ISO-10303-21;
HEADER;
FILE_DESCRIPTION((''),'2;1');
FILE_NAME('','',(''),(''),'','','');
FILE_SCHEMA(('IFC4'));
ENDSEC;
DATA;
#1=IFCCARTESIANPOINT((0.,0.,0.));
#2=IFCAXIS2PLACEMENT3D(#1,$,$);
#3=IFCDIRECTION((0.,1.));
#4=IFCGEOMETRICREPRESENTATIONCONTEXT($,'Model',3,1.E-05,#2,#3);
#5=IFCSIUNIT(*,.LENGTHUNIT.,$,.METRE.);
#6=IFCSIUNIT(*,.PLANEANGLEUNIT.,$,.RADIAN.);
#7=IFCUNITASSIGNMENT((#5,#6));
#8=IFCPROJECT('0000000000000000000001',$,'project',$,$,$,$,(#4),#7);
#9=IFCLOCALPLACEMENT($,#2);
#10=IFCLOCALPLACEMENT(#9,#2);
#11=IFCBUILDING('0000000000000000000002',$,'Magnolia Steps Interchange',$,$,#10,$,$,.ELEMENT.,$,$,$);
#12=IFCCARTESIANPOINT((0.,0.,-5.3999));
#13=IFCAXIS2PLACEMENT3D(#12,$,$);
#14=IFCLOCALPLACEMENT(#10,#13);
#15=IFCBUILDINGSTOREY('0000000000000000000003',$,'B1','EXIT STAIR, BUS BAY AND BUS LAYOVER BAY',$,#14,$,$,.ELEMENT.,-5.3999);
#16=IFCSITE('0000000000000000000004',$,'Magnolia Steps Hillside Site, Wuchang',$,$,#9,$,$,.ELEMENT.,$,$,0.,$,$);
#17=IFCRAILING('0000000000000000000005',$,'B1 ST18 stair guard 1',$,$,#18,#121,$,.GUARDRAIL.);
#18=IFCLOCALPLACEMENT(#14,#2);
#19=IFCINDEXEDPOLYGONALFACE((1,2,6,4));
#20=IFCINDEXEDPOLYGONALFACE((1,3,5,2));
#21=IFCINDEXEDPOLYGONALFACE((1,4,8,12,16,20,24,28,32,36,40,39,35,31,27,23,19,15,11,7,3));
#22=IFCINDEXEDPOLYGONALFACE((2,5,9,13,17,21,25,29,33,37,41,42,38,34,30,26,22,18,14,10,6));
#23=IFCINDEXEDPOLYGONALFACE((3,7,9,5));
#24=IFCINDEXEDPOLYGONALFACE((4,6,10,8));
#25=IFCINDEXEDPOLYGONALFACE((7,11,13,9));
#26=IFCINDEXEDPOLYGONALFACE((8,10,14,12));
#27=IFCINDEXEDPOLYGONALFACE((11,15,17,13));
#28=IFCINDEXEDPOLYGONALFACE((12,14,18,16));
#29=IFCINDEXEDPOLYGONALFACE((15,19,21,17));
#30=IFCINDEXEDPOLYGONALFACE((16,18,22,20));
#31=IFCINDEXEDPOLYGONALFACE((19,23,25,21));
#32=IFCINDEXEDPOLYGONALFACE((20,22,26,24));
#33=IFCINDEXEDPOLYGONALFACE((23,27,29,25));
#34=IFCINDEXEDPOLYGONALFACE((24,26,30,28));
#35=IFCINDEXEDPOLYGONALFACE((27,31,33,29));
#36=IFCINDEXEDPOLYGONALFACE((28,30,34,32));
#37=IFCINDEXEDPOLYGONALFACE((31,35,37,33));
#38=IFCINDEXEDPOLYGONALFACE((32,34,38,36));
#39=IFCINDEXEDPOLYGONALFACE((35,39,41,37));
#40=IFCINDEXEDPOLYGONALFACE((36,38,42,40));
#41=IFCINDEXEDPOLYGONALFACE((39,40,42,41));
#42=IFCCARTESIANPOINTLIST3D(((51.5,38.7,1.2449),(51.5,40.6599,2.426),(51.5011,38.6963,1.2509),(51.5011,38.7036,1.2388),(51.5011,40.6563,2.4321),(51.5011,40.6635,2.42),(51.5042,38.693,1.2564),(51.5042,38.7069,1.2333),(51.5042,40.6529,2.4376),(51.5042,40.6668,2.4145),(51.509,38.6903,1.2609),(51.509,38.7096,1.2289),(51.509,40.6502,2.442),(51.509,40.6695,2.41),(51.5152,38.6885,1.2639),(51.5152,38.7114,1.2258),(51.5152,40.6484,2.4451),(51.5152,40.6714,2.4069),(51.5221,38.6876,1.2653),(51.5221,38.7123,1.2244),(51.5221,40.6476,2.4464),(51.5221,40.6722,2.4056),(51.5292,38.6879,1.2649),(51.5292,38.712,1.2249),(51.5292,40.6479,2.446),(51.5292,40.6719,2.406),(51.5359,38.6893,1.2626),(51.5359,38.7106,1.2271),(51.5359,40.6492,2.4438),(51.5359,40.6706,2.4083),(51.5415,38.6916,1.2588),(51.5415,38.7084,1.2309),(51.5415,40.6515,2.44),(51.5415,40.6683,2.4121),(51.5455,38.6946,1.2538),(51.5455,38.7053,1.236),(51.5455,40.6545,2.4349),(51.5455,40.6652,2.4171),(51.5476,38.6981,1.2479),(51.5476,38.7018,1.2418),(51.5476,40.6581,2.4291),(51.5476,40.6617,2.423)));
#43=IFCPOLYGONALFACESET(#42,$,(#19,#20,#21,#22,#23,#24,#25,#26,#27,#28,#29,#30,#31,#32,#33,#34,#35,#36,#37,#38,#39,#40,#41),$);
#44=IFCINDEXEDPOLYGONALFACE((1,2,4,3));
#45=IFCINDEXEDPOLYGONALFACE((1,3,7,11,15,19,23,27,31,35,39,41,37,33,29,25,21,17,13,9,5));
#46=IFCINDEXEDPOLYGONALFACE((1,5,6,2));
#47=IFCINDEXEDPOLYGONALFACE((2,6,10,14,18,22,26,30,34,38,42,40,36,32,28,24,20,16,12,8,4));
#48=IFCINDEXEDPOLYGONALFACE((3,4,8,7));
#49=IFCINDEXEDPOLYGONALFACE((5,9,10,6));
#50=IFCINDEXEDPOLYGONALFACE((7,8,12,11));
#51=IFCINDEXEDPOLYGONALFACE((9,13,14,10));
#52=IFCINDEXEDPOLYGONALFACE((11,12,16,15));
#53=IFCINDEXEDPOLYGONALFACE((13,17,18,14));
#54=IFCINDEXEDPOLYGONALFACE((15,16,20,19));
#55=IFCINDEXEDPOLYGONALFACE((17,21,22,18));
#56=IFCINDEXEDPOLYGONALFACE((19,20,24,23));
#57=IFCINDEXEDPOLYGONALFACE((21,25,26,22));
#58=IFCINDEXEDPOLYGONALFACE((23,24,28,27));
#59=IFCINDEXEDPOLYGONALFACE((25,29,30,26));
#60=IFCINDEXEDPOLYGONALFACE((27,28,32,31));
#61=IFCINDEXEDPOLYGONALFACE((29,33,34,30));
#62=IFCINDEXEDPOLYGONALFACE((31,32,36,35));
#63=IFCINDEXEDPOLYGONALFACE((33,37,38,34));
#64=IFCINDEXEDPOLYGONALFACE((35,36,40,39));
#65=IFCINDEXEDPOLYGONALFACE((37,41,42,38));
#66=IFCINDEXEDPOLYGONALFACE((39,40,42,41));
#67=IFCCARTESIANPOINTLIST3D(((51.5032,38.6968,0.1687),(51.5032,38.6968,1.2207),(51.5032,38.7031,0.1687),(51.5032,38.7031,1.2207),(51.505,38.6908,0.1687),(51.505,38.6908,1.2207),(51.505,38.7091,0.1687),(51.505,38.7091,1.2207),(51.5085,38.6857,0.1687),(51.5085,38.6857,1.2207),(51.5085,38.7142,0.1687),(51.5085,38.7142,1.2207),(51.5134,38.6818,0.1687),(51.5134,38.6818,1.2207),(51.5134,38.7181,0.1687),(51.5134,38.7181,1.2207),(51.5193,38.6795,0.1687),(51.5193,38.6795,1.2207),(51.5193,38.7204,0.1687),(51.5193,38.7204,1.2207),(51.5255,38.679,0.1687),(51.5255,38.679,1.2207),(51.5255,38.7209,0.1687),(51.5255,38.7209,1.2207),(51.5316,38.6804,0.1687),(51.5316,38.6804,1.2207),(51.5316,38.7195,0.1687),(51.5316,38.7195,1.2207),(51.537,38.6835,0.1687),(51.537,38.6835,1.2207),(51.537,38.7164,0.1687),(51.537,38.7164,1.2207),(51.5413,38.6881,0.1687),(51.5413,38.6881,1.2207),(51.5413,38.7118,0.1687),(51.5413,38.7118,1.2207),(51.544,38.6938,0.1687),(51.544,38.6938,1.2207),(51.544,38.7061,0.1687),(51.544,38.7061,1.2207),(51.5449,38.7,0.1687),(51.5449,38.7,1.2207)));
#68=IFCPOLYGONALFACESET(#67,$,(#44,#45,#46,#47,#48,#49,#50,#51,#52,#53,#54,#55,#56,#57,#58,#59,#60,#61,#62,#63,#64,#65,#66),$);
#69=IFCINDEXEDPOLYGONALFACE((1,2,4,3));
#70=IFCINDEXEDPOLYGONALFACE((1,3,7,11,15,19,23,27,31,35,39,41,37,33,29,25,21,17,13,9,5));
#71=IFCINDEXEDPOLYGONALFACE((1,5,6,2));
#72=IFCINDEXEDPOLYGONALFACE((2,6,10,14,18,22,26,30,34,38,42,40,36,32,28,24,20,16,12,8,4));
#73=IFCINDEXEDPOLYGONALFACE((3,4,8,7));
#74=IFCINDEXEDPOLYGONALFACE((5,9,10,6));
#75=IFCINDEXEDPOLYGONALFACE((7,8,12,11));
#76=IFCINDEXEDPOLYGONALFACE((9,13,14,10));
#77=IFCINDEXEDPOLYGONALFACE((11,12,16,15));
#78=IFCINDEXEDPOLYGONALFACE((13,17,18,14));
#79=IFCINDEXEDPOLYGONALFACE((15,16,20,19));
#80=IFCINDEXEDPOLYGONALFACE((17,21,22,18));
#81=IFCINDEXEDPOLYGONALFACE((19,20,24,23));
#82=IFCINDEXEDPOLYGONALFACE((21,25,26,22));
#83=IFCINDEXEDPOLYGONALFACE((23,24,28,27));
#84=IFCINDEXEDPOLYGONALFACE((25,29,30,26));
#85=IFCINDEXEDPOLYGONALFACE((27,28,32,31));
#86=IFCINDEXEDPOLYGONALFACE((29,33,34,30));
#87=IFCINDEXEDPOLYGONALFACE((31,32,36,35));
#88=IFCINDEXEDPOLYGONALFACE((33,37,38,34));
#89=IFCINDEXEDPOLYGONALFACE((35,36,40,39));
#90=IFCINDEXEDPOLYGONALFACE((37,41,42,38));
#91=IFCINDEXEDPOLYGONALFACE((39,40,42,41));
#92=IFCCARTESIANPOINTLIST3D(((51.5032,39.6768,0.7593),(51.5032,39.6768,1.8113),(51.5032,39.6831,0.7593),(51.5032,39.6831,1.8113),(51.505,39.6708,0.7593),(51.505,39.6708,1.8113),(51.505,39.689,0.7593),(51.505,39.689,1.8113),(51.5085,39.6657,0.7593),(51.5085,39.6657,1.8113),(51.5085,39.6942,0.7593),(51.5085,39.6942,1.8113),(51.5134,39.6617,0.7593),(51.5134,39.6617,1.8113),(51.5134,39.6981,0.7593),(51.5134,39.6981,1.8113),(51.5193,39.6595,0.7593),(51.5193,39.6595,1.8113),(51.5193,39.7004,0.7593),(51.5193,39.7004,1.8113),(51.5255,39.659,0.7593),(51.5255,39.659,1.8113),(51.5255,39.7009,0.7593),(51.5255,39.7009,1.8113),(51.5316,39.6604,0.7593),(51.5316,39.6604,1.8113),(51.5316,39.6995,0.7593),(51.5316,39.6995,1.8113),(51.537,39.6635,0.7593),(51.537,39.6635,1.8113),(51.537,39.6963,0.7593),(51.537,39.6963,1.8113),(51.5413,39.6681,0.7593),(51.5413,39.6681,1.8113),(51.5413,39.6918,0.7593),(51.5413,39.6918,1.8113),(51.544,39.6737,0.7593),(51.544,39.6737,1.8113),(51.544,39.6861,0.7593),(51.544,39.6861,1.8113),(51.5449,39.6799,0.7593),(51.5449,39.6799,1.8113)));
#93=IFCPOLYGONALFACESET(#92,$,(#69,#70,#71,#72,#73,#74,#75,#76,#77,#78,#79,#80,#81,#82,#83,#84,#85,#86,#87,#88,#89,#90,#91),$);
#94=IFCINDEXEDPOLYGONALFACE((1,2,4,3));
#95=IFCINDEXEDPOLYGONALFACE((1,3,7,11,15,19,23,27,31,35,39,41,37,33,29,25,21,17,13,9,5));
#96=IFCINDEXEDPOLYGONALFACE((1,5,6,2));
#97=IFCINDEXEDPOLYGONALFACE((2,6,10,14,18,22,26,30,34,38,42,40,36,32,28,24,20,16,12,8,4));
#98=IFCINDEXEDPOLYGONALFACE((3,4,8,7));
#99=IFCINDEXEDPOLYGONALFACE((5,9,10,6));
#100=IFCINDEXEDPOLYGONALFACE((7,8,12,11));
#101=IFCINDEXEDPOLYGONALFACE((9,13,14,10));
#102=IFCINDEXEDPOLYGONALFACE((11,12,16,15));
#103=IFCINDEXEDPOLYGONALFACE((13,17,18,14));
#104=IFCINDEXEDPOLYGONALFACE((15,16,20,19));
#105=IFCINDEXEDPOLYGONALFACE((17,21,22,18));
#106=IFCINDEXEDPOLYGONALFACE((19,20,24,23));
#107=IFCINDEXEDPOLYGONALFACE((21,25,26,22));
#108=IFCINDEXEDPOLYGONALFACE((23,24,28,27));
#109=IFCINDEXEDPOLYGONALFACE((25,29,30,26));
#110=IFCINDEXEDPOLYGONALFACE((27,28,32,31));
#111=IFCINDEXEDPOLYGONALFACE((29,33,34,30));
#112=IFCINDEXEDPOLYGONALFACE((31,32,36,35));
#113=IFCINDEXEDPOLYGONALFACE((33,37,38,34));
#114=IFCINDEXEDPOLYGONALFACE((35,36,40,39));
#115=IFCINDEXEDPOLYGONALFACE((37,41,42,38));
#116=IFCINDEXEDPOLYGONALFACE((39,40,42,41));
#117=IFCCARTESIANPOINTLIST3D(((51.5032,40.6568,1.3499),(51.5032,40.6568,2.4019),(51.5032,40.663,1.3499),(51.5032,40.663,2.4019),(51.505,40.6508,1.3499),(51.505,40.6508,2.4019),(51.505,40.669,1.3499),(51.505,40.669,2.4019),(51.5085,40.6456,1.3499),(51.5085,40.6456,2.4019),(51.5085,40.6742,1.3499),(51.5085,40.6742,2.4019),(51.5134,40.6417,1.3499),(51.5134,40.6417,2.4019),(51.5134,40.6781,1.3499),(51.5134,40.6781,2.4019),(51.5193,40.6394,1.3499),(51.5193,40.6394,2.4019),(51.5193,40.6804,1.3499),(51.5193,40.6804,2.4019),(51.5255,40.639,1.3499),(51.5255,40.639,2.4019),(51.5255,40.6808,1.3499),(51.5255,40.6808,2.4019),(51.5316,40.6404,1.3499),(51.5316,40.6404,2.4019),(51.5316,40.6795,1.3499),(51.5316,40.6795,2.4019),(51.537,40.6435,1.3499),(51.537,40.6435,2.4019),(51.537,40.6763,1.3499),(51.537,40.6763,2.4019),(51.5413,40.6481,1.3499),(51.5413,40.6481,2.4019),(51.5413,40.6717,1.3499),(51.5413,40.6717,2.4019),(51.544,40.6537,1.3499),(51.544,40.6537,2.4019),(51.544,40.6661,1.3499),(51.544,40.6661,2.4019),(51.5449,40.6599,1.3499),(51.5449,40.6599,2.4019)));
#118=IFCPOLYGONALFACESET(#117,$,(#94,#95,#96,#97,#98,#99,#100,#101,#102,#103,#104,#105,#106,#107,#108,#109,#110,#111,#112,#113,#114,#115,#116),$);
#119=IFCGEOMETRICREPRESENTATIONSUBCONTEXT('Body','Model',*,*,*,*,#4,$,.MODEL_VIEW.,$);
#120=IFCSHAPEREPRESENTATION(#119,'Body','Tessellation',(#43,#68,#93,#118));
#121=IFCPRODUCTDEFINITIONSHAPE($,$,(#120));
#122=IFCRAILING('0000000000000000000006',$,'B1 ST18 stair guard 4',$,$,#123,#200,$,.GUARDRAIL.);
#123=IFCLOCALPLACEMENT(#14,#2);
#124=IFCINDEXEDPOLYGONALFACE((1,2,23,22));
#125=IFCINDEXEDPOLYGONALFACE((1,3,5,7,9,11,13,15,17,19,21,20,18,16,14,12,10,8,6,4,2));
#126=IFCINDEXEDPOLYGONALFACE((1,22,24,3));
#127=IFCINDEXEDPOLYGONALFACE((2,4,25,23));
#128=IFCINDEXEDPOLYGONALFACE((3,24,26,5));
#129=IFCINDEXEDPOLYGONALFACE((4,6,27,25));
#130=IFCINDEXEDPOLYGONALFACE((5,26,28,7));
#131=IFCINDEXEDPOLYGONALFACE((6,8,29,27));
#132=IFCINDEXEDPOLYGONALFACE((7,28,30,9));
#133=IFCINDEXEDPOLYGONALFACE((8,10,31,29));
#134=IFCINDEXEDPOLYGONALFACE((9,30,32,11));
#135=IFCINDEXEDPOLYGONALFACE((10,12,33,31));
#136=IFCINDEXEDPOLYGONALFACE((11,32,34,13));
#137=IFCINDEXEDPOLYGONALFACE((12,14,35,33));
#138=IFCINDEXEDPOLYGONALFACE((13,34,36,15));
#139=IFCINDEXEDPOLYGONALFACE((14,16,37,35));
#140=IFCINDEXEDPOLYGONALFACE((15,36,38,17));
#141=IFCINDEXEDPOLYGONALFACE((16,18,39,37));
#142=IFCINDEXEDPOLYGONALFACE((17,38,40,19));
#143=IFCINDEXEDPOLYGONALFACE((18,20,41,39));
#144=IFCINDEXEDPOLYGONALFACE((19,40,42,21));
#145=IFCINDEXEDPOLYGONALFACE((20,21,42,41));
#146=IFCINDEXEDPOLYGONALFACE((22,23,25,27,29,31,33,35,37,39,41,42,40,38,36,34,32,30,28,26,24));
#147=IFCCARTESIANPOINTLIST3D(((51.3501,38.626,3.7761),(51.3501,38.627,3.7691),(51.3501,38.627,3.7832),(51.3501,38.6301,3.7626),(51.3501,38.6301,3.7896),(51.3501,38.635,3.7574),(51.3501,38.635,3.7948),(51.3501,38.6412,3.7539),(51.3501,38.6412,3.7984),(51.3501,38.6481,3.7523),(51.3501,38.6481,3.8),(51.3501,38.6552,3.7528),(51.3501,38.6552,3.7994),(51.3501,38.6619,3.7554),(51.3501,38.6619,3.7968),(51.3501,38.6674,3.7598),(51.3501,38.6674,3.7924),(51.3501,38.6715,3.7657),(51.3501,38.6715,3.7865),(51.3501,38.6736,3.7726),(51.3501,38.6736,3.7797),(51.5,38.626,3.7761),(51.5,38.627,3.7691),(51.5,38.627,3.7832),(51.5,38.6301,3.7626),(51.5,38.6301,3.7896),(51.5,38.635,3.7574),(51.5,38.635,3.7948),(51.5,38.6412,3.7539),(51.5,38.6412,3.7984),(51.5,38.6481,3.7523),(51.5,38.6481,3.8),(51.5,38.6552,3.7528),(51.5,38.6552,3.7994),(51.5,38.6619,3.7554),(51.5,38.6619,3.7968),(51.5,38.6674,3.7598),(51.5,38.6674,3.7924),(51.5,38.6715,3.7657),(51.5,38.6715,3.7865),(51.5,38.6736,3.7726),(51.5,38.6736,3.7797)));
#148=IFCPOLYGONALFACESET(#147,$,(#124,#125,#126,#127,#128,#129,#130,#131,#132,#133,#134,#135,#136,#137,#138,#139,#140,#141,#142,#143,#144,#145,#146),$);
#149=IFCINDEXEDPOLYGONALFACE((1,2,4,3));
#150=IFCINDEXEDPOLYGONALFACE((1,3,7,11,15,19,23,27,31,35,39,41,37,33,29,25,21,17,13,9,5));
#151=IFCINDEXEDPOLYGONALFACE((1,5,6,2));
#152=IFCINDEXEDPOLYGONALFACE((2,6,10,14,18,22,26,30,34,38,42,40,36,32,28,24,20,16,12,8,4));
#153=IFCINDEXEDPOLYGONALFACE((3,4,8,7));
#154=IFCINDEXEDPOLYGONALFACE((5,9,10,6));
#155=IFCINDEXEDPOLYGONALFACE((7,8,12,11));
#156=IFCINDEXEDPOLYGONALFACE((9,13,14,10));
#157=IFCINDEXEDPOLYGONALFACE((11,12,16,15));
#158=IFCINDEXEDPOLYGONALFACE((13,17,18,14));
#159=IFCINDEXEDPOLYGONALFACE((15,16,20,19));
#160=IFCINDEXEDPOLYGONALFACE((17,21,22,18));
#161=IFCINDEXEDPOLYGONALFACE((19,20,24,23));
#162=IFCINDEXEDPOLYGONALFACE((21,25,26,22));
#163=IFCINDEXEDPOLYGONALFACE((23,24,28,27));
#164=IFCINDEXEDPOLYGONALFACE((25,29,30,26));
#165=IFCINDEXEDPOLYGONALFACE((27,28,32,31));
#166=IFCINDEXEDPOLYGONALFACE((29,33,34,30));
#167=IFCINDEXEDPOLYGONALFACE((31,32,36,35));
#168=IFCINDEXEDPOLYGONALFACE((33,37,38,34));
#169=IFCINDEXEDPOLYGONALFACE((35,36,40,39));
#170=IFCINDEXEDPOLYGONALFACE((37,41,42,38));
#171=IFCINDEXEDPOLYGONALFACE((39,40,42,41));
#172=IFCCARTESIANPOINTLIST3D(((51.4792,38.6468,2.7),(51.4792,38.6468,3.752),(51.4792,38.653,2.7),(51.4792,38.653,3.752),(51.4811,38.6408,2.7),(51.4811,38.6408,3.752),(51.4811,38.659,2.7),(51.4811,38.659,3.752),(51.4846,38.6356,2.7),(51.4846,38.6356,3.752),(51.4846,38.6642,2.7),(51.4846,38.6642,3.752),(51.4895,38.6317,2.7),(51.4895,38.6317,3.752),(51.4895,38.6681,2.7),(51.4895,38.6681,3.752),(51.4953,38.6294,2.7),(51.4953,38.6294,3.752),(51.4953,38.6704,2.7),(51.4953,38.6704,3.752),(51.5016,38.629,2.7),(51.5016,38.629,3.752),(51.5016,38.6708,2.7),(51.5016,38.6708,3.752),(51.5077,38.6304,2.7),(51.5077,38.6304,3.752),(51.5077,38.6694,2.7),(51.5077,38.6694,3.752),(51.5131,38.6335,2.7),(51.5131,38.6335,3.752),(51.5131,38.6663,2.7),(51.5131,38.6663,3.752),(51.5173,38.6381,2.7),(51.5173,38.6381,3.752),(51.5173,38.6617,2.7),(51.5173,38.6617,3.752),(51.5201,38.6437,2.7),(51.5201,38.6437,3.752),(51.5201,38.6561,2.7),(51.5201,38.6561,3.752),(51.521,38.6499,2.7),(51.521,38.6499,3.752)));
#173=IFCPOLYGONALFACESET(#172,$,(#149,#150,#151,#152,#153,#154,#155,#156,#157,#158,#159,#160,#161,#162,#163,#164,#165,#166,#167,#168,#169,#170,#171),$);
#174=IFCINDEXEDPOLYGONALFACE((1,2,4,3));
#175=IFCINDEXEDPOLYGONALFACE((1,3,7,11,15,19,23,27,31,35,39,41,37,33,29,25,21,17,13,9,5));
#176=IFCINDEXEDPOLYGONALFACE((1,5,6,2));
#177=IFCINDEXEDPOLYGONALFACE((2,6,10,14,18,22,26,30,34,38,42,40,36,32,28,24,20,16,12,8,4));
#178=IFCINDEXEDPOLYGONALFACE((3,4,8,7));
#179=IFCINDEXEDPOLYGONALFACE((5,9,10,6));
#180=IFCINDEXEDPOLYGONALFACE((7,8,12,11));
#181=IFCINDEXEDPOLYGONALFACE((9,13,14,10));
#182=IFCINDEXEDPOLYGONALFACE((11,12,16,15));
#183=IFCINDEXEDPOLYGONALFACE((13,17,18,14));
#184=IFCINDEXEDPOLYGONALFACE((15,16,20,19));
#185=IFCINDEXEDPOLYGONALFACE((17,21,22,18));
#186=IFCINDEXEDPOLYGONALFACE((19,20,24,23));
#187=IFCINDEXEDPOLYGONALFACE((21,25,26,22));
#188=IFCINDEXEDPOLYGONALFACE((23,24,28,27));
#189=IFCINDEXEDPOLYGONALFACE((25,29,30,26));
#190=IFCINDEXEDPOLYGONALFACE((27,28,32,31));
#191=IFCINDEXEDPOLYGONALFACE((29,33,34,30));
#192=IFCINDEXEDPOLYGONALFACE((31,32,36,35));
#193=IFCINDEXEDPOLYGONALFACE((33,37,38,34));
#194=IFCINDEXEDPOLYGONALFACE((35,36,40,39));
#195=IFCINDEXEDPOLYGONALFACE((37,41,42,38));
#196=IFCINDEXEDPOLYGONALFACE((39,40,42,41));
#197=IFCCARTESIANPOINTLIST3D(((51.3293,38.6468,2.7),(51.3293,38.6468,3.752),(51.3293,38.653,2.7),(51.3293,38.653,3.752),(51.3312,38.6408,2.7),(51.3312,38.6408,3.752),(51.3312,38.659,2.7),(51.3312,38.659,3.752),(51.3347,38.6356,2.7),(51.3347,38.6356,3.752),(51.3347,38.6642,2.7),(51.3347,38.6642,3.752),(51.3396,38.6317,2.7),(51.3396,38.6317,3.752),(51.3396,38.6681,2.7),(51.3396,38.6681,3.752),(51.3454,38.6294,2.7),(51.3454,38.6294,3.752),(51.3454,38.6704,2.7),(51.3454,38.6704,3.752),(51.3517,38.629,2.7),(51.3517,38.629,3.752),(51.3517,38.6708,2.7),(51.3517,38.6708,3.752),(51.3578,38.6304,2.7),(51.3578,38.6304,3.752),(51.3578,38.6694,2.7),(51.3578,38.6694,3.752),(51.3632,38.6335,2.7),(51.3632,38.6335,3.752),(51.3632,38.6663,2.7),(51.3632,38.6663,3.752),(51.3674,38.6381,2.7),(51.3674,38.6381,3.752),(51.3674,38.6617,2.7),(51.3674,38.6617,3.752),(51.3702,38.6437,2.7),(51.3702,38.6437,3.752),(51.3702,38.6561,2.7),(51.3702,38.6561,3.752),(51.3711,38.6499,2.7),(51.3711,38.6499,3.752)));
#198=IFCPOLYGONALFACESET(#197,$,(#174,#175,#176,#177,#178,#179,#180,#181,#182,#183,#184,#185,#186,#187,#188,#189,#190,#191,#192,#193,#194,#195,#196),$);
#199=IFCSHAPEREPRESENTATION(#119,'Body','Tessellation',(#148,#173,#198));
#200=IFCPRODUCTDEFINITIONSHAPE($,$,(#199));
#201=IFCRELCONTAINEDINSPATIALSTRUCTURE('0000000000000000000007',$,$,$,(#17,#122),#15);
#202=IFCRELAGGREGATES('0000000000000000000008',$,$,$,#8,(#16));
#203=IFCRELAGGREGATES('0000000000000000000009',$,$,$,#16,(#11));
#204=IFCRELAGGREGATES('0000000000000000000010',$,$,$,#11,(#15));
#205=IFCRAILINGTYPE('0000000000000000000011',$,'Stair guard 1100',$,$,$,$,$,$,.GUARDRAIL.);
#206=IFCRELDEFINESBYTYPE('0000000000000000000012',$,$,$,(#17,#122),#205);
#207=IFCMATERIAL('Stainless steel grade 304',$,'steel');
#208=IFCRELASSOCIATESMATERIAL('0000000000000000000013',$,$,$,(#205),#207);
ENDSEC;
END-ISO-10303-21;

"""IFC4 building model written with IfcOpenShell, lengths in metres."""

from ifc_helpers import new_model, si_unit, direction, frame, origin, origin_2d, place, context, subcontext, project, spatial, circle, extrude, material, type_object, element, save


model = new_model("IFC4")

# Units and contexts
model_context = context("Model", 3, precision=1e-05, world=origin(), true_north=direction((0.0, 1.0)))
body_context = subcontext(model_context, "Body", "Model", "MODEL_VIEW")
ifc_project = project(units=[si_unit("LENGTHUNIT", "METRE"), si_unit("PLANEANGLEUNIT", "RADIAN")], contexts=[model_context])

# Site, building, storey
site_placement = place(None, origin())
site = spatial("IfcSite", under=ifc_project, at=site_placement, Name="Magnolia Steps Hillside Site, Wuchang", CompositionType="ELEMENT", RefElevation=0.0)
building_placement = place(site_placement, origin())
building = spatial("IfcBuilding", under=site, at=building_placement, Name="Magnolia Steps Interchange", CompositionType="ELEMENT")
storey_placement = place(building_placement, frame((0.0, 0.0, -5.3999)))
storey = spatial("IfcBuildingStorey", under=building, at=storey_placement, Name="B1", Description="EXIT STAIR, BUS BAY AND BUS LAYOVER BAY", CompositionType="ELEMENT", Elevation=-5.3999)

# Railings
ifc_material_1 = material(Name="Stainless steel grade 304", Category="steel")
railing_type_1 = type_object("IfcRailingType", Name="Stair guard 1100", PredefinedType="GUARDRAIL", material=ifc_material_1)
railing_1_placement = place(storey_placement, frame((51.5239, 38.7, 0.1687)))
element("IfcRailing", 1, at=railing_1_placement, inside=storey, type_object=railing_type_1, Name="B1 ST18 stair guard 1", PredefinedType="GUARDRAIL", context=body_context, shape_type="SweptSolid", body=[
    extrude(circle(Radius=0.0239, at=origin_2d()), frame((0.0, 0.0, 1.0762), z_axis=(0.0, 0.856493, 0.516158), x_axis=(-1.0, 0.0, 0.0)), (0.0, 0.0, 1.0), 2.2883),
    extrude(circle(Radius=0.021, at=origin_2d()), origin(), (0.0, 0.0, 1.0), 1.052),
    extrude(circle(Radius=0.021, at=origin_2d()), frame((0.0, 0.98, 0.5906)), (0.0, 0.0, 1.0), 1.052),
    extrude(circle(Radius=0.021, at=origin_2d()), frame((0.0, 1.96, 1.1812)), (0.0, 0.0, 1.0), 1.052),
])
railing_2_placement = place(storey_placement, frame((51.5, 38.6499, 2.7)))
element("IfcRailing", 2, at=railing_2_placement, inside=storey, type_object=railing_type_1, Name="B1 ST18 stair guard 4", PredefinedType="GUARDRAIL", context=body_context, shape_type="SweptSolid", body=[
    extrude(circle(Radius=0.0239, at=origin_2d()), frame((0.0, 0.0, 1.0762), z_axis=(-1.0, 0.0, 0.0), x_axis=(0.0, -1.0, 0.0)), (0.0, 0.0, 1.0), 0.1499),
    extrude(circle(Radius=0.021, at=origin_2d()), origin(), (0.0, 0.0, 1.0), 1.052),
    extrude(circle(Radius=0.021, at=origin_2d()), frame((-0.1499, 0.0, 0.0)), (0.0, 0.0, 1.0), 1.052),
])

save(model, "model.ifc")
